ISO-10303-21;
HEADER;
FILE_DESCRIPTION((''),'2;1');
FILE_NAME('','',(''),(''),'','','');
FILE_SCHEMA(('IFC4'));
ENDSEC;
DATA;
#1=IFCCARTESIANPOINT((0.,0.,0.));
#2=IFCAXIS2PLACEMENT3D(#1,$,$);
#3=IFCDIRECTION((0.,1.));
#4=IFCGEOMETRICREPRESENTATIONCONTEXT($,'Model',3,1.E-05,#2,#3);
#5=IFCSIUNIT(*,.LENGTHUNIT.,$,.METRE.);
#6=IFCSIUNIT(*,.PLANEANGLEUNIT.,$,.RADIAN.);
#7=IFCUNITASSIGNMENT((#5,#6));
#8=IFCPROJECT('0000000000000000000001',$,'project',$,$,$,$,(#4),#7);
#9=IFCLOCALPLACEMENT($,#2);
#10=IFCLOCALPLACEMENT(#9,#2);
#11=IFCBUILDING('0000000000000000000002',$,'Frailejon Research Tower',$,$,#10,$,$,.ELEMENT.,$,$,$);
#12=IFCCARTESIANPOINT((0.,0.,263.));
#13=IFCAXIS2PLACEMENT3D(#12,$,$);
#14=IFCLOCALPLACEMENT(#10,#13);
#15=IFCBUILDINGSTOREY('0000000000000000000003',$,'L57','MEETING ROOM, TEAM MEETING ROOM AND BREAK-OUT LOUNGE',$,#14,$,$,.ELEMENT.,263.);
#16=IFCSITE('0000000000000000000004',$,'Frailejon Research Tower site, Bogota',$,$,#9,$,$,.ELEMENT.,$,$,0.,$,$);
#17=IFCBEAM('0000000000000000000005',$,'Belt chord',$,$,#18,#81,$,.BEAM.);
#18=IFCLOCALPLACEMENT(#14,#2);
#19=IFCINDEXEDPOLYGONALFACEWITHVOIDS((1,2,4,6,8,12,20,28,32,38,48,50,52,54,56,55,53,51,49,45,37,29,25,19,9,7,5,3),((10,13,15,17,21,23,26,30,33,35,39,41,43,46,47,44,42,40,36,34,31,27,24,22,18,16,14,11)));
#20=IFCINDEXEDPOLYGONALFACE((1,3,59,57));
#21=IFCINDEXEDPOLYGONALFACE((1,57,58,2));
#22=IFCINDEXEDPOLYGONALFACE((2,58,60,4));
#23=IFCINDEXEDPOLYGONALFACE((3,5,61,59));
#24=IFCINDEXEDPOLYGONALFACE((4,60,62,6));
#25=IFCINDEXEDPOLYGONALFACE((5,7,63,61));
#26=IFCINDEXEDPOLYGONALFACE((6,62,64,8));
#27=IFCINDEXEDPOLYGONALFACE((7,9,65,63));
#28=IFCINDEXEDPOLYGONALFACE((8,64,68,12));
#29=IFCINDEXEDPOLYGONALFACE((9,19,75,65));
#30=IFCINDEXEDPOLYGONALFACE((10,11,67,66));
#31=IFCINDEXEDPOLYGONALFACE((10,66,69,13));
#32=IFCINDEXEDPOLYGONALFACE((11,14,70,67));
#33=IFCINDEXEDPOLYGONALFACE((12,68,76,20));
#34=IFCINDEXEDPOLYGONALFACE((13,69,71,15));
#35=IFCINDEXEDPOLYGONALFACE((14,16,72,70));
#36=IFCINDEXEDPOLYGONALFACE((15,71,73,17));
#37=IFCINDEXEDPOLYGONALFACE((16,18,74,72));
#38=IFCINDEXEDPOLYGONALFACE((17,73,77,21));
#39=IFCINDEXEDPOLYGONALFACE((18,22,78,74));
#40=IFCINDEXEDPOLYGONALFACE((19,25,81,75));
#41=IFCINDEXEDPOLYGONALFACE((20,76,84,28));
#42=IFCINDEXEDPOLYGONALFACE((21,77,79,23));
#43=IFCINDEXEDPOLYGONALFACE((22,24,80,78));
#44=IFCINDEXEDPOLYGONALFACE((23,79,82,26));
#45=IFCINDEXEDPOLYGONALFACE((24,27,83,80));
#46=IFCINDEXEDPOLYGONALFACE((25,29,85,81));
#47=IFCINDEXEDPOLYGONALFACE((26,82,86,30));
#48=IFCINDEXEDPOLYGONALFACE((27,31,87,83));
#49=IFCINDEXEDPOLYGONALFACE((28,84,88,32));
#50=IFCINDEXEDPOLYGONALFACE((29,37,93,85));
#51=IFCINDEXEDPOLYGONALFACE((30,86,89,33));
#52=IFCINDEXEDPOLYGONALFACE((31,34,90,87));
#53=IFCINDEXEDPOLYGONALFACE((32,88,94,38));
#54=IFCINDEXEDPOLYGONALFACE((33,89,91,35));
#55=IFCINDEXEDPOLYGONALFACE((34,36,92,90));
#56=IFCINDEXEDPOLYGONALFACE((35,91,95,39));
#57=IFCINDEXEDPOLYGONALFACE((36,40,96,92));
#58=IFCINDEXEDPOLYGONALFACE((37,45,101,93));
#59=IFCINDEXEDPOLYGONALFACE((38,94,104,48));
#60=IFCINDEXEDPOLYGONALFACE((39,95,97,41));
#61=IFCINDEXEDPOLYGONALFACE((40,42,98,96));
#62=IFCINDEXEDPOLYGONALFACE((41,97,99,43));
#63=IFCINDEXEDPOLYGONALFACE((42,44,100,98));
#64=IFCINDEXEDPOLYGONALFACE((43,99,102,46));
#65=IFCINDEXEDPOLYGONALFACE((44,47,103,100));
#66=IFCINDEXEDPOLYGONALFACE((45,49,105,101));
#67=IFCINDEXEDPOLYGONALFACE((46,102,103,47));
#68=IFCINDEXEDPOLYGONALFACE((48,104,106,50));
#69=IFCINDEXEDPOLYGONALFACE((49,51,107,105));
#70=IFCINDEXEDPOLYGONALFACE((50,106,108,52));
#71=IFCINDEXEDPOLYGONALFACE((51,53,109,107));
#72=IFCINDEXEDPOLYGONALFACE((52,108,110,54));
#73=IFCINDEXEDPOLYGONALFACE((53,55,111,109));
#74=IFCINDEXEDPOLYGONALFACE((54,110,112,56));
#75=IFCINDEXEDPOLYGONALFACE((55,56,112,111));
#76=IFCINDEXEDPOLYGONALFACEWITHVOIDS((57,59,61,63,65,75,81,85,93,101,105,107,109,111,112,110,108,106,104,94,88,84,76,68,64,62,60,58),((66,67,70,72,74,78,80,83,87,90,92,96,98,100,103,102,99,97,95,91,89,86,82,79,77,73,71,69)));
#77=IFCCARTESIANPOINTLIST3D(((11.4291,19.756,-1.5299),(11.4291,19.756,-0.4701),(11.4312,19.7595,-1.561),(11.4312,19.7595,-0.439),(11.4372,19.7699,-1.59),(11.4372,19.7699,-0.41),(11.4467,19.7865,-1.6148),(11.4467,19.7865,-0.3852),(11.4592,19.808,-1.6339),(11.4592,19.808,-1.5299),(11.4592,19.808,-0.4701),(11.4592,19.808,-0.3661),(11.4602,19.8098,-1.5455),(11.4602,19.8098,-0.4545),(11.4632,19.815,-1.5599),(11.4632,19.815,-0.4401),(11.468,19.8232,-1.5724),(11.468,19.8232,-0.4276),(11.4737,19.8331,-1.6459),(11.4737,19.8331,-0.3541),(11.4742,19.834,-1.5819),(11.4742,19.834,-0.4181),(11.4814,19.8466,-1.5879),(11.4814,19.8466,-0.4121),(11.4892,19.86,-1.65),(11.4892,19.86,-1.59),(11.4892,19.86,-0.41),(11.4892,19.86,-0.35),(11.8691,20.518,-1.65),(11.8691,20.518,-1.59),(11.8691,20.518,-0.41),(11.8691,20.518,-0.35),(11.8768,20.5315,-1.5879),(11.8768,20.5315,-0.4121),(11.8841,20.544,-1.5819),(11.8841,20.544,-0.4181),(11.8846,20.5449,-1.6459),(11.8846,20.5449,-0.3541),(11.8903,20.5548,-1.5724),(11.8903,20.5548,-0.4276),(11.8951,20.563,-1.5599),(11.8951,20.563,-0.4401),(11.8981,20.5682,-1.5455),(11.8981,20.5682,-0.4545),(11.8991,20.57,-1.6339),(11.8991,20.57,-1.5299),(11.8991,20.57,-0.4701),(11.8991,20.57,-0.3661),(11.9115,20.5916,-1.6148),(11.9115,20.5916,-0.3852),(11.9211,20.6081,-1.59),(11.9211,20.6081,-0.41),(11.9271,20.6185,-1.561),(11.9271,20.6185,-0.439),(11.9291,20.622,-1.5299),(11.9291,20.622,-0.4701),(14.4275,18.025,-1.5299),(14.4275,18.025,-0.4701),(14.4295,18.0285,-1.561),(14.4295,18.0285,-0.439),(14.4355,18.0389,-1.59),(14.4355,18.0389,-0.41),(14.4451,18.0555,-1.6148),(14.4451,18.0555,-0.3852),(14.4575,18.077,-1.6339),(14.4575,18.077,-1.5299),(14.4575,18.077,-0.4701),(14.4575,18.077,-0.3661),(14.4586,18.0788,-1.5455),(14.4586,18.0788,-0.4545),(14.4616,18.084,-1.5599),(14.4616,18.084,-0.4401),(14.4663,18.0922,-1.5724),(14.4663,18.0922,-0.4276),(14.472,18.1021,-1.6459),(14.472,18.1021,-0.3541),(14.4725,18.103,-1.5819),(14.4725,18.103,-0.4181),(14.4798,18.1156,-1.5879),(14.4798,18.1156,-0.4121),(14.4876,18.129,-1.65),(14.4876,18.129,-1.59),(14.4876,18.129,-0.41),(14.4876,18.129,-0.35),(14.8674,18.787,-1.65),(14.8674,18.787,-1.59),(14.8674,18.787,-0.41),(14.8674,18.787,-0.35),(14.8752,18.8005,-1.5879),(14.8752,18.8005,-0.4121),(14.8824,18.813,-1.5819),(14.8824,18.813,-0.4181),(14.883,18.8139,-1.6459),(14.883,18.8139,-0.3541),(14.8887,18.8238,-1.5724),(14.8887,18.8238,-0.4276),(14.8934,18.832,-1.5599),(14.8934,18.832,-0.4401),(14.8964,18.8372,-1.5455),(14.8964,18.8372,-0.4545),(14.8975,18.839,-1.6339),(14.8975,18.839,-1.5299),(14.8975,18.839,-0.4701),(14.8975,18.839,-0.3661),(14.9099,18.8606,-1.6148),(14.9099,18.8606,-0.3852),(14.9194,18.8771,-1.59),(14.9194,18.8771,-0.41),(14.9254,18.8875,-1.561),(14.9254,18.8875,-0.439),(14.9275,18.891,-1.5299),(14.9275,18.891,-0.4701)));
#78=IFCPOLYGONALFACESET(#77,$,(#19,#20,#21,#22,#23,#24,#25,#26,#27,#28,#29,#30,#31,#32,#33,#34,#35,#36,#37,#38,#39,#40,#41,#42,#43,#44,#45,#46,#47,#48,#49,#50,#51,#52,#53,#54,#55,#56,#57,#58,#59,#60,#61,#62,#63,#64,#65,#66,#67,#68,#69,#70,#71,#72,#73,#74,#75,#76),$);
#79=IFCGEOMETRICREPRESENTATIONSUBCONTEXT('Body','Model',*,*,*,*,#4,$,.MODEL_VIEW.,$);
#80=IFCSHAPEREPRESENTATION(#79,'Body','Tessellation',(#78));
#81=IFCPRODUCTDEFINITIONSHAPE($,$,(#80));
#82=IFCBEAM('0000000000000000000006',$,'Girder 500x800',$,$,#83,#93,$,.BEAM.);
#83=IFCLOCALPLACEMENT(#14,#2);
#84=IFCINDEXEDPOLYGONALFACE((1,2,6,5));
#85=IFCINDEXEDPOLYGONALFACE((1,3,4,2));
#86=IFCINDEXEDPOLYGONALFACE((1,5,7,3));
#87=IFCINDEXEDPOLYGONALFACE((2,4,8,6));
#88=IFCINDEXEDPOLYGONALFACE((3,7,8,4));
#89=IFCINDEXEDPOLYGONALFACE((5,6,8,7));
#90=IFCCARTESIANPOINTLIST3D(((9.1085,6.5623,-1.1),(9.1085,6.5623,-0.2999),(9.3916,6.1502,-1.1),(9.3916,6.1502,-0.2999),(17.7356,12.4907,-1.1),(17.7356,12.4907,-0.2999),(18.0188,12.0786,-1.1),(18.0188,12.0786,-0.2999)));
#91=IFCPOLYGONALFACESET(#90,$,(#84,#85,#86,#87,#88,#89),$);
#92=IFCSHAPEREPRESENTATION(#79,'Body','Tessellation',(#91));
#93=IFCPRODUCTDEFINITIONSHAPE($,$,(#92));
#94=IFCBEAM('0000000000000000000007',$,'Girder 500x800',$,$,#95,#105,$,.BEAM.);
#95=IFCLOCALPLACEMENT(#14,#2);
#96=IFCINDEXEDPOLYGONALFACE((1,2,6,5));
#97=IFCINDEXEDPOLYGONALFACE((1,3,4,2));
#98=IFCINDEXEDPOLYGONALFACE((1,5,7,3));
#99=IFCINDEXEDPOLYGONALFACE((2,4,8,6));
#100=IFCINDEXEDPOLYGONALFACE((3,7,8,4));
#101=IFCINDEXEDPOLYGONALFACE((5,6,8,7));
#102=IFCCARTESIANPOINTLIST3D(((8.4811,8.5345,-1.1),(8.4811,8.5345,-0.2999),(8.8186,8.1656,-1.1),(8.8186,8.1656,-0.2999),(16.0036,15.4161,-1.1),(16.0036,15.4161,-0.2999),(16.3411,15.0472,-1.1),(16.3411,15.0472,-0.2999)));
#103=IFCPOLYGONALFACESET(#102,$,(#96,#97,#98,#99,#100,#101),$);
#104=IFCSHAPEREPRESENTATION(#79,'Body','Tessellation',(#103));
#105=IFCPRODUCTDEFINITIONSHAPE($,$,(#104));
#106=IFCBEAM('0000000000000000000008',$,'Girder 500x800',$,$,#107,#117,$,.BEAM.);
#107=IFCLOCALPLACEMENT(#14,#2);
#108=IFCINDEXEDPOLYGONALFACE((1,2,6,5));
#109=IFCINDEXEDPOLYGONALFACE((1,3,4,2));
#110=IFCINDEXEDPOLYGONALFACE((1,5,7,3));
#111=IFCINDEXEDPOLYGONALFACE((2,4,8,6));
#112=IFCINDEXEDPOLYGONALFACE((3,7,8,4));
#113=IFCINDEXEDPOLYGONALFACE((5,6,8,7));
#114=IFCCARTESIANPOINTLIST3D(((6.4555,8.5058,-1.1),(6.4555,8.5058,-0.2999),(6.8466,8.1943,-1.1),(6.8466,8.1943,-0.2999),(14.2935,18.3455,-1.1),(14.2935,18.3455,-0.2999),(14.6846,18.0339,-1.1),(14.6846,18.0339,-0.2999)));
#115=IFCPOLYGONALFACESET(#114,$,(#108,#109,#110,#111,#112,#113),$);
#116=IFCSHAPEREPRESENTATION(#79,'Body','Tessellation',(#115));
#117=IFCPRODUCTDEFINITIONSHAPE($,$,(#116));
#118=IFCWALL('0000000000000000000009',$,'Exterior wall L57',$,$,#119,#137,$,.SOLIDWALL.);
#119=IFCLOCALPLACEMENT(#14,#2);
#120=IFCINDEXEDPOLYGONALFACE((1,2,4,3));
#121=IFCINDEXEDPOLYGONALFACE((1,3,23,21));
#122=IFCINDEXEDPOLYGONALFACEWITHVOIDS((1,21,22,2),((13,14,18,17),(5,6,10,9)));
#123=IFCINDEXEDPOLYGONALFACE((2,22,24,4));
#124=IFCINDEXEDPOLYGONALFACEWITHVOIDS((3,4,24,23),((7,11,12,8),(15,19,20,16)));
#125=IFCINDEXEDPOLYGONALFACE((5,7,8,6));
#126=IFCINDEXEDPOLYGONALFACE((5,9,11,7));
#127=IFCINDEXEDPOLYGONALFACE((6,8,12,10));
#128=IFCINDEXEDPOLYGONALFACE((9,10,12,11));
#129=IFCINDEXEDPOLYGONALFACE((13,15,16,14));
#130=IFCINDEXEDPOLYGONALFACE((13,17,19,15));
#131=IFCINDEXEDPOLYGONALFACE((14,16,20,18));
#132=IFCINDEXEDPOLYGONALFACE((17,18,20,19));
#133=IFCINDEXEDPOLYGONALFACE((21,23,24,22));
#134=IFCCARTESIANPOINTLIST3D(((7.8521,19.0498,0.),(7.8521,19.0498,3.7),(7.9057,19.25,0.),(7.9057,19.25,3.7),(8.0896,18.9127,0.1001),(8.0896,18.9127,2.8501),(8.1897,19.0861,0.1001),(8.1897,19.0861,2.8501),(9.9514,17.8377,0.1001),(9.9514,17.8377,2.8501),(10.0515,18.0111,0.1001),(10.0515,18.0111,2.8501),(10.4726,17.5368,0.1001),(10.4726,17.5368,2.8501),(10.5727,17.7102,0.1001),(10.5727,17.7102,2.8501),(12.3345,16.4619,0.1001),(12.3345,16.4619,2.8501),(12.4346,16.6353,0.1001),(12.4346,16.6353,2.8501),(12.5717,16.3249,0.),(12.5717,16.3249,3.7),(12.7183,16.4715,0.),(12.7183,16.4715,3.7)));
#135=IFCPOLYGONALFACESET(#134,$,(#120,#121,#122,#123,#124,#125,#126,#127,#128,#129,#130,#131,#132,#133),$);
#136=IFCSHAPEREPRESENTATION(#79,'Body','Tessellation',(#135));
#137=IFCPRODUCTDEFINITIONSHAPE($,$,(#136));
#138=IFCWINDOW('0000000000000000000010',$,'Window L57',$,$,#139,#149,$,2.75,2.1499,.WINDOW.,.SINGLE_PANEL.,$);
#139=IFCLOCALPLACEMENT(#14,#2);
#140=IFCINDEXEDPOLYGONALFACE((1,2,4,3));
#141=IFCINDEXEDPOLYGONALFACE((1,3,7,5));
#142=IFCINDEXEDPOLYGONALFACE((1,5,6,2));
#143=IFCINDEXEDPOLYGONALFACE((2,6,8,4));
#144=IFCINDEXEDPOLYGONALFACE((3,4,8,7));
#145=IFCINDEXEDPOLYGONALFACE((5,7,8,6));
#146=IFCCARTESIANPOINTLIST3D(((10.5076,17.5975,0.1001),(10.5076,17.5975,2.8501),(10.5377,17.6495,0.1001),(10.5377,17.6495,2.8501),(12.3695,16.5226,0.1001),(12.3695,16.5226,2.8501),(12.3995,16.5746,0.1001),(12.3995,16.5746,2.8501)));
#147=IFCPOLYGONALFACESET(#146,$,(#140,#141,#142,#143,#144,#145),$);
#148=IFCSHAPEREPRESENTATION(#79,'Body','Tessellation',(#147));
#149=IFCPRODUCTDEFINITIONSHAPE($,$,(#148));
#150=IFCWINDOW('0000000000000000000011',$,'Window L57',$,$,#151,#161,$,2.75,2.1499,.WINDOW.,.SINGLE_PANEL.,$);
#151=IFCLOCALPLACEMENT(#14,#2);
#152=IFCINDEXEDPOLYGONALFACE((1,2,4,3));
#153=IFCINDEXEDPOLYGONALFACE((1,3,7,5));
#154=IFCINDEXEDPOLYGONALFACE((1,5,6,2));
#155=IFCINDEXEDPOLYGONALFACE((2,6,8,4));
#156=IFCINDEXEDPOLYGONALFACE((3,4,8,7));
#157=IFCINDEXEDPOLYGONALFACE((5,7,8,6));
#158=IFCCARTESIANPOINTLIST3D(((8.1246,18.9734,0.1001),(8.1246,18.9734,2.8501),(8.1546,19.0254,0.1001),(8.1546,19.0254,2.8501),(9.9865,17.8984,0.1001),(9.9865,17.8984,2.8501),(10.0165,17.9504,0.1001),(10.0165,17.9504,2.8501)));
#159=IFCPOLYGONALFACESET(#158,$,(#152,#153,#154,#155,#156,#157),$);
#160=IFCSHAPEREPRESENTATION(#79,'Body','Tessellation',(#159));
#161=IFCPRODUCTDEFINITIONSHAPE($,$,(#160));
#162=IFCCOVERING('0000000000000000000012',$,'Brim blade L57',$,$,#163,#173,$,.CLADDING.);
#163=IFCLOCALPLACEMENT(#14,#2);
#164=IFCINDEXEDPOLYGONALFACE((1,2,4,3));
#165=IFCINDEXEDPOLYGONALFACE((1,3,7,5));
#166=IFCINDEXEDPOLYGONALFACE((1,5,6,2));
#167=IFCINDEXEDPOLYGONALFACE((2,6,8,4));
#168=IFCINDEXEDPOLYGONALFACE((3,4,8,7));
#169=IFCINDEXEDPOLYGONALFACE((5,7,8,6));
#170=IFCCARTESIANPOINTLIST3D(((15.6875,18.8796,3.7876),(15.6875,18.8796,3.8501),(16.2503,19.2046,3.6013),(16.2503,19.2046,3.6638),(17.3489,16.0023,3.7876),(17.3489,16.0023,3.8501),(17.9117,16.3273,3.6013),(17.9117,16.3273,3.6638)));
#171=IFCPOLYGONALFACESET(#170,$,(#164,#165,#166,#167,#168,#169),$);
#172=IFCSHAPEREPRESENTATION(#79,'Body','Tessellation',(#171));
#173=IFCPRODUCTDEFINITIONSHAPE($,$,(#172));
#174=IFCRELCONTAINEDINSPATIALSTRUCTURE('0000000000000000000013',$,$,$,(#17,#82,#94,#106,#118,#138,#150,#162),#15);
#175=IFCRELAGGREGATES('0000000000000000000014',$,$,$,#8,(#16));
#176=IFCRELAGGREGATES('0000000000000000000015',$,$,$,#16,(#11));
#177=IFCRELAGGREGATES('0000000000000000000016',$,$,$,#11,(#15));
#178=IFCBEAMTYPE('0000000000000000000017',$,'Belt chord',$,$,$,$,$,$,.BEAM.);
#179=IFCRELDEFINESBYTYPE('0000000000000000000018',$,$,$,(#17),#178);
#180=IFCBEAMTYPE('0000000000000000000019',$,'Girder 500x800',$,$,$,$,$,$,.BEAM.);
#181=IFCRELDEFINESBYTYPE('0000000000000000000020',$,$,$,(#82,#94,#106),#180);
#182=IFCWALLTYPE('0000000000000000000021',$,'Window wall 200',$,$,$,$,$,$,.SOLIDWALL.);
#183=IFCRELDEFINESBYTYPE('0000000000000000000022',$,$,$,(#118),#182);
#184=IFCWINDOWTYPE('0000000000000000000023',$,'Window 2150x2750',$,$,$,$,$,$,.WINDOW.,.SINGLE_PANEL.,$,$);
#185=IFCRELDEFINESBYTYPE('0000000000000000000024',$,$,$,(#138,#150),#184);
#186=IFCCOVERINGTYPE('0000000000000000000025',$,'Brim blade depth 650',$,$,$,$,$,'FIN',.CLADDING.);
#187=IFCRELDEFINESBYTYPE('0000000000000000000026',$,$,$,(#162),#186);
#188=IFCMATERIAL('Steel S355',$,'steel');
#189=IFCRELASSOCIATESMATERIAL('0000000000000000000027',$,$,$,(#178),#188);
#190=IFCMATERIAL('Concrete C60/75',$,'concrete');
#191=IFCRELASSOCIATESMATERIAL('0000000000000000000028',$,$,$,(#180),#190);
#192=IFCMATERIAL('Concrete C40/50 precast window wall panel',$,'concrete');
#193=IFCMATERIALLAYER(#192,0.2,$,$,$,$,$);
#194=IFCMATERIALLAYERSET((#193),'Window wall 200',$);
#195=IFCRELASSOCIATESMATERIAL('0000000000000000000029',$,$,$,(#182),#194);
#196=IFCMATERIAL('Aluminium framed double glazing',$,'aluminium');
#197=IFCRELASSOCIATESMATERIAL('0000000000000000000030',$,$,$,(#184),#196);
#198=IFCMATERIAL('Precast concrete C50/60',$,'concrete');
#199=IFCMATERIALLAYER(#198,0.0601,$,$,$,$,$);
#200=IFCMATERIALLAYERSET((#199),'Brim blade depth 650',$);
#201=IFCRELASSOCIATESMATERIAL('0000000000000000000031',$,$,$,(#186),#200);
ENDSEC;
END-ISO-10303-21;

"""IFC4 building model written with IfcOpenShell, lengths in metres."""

from ifc_helpers import new_model, si_unit, direction, frame, frame_2d, origin, origin_2d, place, context, subcontext, project, spatial, polyline, rectangle, hollow_rectangle, outline, extrude, material, layer, layer_set, material_profile, profile_set, type_object, element, fill, save


model = new_model("IFC4")

# Units and contexts
model_context = context("Model", 3, precision=1e-05, world=origin(), true_north=direction((0.0, 1.0)))
body_context = subcontext(model_context, "Body", "Model", "MODEL_VIEW")
ifc_project = project(units=[si_unit("LENGTHUNIT", "METRE"), si_unit("PLANEANGLEUNIT", "RADIAN")], contexts=[model_context])

# Site, building, storey
site_placement = place(None, origin())
site = spatial("IfcSite", under=ifc_project, at=site_placement, Name="Frailejon Research Tower site, Bogota", CompositionType="ELEMENT", RefElevation=0.0)
building_placement = place(site_placement, origin())
building = spatial("IfcBuilding", under=site, at=building_placement, Name="Frailejon Research Tower", CompositionType="ELEMENT")
storey_placement = place(building_placement, frame((0.0, 0.0, 263.0)))
storey = spatial("IfcBuildingStorey", under=building, at=storey_placement, Name="L57", Description="MEETING ROOM, TEAM MEETING ROOM AND BREAK-OUT LOUNGE", CompositionType="ELEMENT", Elevation=263.0)

# Beams
ifc_material_1 = material(Name="Steel S355", Category="steel")
ifc_material_profile_1 = material_profile(ifc_material_1, hollow_rectangle(XDim=1.0, YDim=1.3, WallThickness=0.0601, InnerFilletRadius=0.0601, OuterFilletRadius=0.1201, at=origin_2d()), Name="Belt chord")
ifc_profile_set_1 = profile_set([ifc_material_profile_1], Name="Steel S355")
beam_type_1 = type_object("IfcBeamType", Name="Belt chord", PredefinedType="BEAM", material=ifc_profile_set_1)
beam_1_placement = place(storey_placement, frame((14.6775, 18.458, -1.0), z_axis=(-0.866039, 0.499977, 0.0), x_axis=(-0.499977, -0.866039, 0.0)))
element("IfcBeam", 1, at=beam_1_placement, inside=storey, type_object=beam_type_1, Name="Belt chord", PredefinedType="BEAM", context=body_context, shape_type="SweptSolid", body=[
    extrude(hollow_rectangle(XDim=1.0, YDim=1.3, WallThickness=0.0601, InnerFilletRadius=0.0601, OuterFilletRadius=0.1201, at=origin_2d()), origin(), (0.0, 0.0, 1.0), 3.4622),
])
ifc_material_2 = material(Name="Concrete C60/75", Category="concrete")
ifc_material_profile_2 = material_profile(ifc_material_2, rectangle(XDim=0.5, YDim=0.8, at=origin_2d()), Name="Girder 500x800")
ifc_profile_set_2 = profile_set([ifc_material_profile_2], Name="Concrete C60/75")
beam_type_2 = type_object("IfcBeamType", Name="Girder 500x800", PredefinedType="BEAM", material=ifc_profile_set_2)
beam_2_placement = place(storey_placement, frame((17.8772, 12.2847, -0.7), z_axis=(-0.824164, -0.566352, 0.0), x_axis=(0.566352, -0.824164, 0.0)))
element("IfcBeam", 2, at=beam_2_placement, inside=storey, type_object=beam_type_2, Name="Girder 500x800", PredefinedType="BEAM", context=body_context, shape_type="SweptSolid", body=[
    extrude(rectangle(XDim=0.5, YDim=0.8, at=origin_2d()), origin(), (0.0, 0.0, 1.0), 10.4678),
])
beam_3_placement = place(storey_placement, frame((16.1724, 15.2317, -0.7), z_axis=(-0.737838, -0.674978, 0.0), x_axis=(0.674978, -0.737838, 0.0)))
element("IfcBeam", 3, at=beam_3_placement, inside=storey, type_object=beam_type_2, Name="Girder 500x800", PredefinedType="BEAM", context=body_context, shape_type="SweptSolid", body=[
    extrude(rectangle(XDim=0.5, YDim=0.8, at=origin_2d()), origin(), (0.0, 0.0, 1.0), 10.1953),
])
beam_4_placement = place(storey_placement, frame((14.489, 18.1897, -0.7), z_axis=(-0.623056, -0.782177, 0.0), x_axis=(0.782177, -0.623056, 0.0)))
element("IfcBeam", 4, at=beam_4_placement, inside=storey, type_object=beam_type_2, Name="Girder 500x800", PredefinedType="BEAM", context=body_context, shape_type="SweptSolid", body=[
    extrude(rectangle(XDim=0.5, YDim=0.8, at=origin_2d()), origin(), (0.0, 0.0, 1.0), 12.5798),
])

# Wall, openings, windows
ifc_material_3 = material(Name="Concrete C40/50 precast window wall panel", Category="concrete")
ifc_layer_1 = layer(ifc_material_3, 0.2)
ifc_layer_set_1 = layer_set([ifc_layer_1], Name="Window wall 200")
wall_type = type_object("IfcWallType", Name="Window wall 200", PredefinedType="SOLIDWALL", material=ifc_layer_set_1)
wall_placement = place(storey_placement, frame((12.645, 16.3982, 0.0), z_axis=(0.0, 0.0, 1.0), x_axis=(-0.866026, 0.499999, 0.0)))
wall = element("IfcWall", 5, at=wall_placement, inside=storey, type_object=wall_type, Name="Exterior wall L57", PredefinedType="SOLIDWALL", context=body_context, shape_type="SweptSolid", body=[
    extrude(outline(polyline([(-0.0269, -0.1001), (1.0845, -0.1001), (2.196, -0.1001), (3.3074, -0.1001), (4.4189, -0.1001), (5.5303, -0.1001), (5.4766, 0.1001), (4.3867, 0.1001), (3.2966, 0.1001), (2.2068, 0.1001), (1.1167, 0.1001), (0.0269, 0.1001), (-0.0269, -0.1001)])), origin(), (0.0, 0.0, 1.0), 3.7),
])
opening_1_placement = place(wall_placement, frame((0.3008, 0.0, 0.1001)))
opening_1 = element("IfcOpeningElement", 6, at=opening_1_placement, cuts=wall, PredefinedType="OPENING", context=body_context, shape_type="SweptSolid", body=[
    extrude(rectangle(XDim=2.1499, YDim=2.75, at=frame_2d((1.075, 1.375))), frame((0.0, 0.1099, 0.0), z_axis=(0.0, -1.0, 0.0), x_axis=(1.0, 0.0, 0.0)), (0.0, 0.0, 1.0), 0.22),
])
opening_2_placement = place(wall_placement, frame((3.0525, 0.0, 0.1001)))
opening_2 = element("IfcOpeningElement", 7, at=opening_2_placement, cuts=wall, PredefinedType="OPENING", context=body_context, shape_type="SweptSolid", body=[
    extrude(rectangle(XDim=2.1499, YDim=2.75, at=frame_2d((1.075, 1.375))), frame((0.0, 0.1099, 0.0), z_axis=(0.0, -1.0, 0.0), x_axis=(1.0, 0.0, 0.0)), (0.0, 0.0, 1.0), 0.22),
])
ifc_material_4 = material(Name="Aluminium framed double glazing", Category="aluminium")
window_type = type_object("IfcWindowType", Name="Window 2150x2750", PartitioningType="SINGLE_PANEL", PredefinedType="WINDOW", material=ifc_material_4)
window_1_placement = place(opening_1_placement, origin())
window_1 = element("IfcWindow", 8, at=window_1_placement, inside=storey, type_object=window_type, Name="Window L57", OverallHeight=2.75, OverallWidth=2.1499, PartitioningType="SINGLE_PANEL", PredefinedType="WINDOW", context=body_context, shape_type="SweptSolid", body=[
    extrude(rectangle(XDim=2.1499, YDim=2.75, at=frame_2d((1.075, 1.375))), frame((0.0, 0.03, 0.0), z_axis=(0.0, -1.0, 0.0), x_axis=(1.0, 0.0, 0.0)), (0.0, 0.0, 1.0), 0.0601),
])
fill(opening_1, window_1)
window_2_placement = place(opening_2_placement, origin())
window_2 = element("IfcWindow", 9, at=window_2_placement, inside=storey, type_object=window_type, Name="Window L57", OverallHeight=2.75, OverallWidth=2.1499, PartitioningType="SINGLE_PANEL", PredefinedType="WINDOW", context=body_context, shape_type="SweptSolid", body=[
    extrude(rectangle(XDim=2.1499, YDim=2.75, at=frame_2d((1.075, 1.375))), frame((0.0, 0.03, 0.0), z_axis=(0.0, -1.0, 0.0), x_axis=(1.0, 0.0, 0.0)), (0.0, 0.0, 1.0), 0.0601),
])
fill(opening_2, window_2)

# Covering
ifc_material_5 = material(Name="Precast concrete C50/60", Category="concrete")
ifc_layer_2 = layer(ifc_material_5, 0.0601)
ifc_layer_set_2 = layer_set([ifc_layer_2], Name="Brim blade depth 650")
covering_type_1 = type_object("IfcCoveringType", Name="Brim blade depth 650", ElementType="FIN", PredefinedType="CLADDING", material=ifc_layer_set_2)
covering_1_placement = place(storey_placement, frame((15.6875, 18.8796, 3.8501), z_axis=(0.500029, -0.866008, 0.0), x_axis=(0.866008, 0.500029, 0.0)))
element("IfcCovering", 10, at=covering_1_placement, inside=storey, type_object=covering_type_1, Name="Brim blade L57", PredefinedType="CLADDING", context=body_context, shape_type="SweptSolid", body=[
    extrude(outline(polyline([(0.0, -0.0625), (0.6499, -0.2488), (0.6499, -0.1863), (0.0, 0.0), (0.0, -0.0625)])), origin(), (0.0, 0.0, 1.0), 3.3225),
])

save(model, "model.ifc")
